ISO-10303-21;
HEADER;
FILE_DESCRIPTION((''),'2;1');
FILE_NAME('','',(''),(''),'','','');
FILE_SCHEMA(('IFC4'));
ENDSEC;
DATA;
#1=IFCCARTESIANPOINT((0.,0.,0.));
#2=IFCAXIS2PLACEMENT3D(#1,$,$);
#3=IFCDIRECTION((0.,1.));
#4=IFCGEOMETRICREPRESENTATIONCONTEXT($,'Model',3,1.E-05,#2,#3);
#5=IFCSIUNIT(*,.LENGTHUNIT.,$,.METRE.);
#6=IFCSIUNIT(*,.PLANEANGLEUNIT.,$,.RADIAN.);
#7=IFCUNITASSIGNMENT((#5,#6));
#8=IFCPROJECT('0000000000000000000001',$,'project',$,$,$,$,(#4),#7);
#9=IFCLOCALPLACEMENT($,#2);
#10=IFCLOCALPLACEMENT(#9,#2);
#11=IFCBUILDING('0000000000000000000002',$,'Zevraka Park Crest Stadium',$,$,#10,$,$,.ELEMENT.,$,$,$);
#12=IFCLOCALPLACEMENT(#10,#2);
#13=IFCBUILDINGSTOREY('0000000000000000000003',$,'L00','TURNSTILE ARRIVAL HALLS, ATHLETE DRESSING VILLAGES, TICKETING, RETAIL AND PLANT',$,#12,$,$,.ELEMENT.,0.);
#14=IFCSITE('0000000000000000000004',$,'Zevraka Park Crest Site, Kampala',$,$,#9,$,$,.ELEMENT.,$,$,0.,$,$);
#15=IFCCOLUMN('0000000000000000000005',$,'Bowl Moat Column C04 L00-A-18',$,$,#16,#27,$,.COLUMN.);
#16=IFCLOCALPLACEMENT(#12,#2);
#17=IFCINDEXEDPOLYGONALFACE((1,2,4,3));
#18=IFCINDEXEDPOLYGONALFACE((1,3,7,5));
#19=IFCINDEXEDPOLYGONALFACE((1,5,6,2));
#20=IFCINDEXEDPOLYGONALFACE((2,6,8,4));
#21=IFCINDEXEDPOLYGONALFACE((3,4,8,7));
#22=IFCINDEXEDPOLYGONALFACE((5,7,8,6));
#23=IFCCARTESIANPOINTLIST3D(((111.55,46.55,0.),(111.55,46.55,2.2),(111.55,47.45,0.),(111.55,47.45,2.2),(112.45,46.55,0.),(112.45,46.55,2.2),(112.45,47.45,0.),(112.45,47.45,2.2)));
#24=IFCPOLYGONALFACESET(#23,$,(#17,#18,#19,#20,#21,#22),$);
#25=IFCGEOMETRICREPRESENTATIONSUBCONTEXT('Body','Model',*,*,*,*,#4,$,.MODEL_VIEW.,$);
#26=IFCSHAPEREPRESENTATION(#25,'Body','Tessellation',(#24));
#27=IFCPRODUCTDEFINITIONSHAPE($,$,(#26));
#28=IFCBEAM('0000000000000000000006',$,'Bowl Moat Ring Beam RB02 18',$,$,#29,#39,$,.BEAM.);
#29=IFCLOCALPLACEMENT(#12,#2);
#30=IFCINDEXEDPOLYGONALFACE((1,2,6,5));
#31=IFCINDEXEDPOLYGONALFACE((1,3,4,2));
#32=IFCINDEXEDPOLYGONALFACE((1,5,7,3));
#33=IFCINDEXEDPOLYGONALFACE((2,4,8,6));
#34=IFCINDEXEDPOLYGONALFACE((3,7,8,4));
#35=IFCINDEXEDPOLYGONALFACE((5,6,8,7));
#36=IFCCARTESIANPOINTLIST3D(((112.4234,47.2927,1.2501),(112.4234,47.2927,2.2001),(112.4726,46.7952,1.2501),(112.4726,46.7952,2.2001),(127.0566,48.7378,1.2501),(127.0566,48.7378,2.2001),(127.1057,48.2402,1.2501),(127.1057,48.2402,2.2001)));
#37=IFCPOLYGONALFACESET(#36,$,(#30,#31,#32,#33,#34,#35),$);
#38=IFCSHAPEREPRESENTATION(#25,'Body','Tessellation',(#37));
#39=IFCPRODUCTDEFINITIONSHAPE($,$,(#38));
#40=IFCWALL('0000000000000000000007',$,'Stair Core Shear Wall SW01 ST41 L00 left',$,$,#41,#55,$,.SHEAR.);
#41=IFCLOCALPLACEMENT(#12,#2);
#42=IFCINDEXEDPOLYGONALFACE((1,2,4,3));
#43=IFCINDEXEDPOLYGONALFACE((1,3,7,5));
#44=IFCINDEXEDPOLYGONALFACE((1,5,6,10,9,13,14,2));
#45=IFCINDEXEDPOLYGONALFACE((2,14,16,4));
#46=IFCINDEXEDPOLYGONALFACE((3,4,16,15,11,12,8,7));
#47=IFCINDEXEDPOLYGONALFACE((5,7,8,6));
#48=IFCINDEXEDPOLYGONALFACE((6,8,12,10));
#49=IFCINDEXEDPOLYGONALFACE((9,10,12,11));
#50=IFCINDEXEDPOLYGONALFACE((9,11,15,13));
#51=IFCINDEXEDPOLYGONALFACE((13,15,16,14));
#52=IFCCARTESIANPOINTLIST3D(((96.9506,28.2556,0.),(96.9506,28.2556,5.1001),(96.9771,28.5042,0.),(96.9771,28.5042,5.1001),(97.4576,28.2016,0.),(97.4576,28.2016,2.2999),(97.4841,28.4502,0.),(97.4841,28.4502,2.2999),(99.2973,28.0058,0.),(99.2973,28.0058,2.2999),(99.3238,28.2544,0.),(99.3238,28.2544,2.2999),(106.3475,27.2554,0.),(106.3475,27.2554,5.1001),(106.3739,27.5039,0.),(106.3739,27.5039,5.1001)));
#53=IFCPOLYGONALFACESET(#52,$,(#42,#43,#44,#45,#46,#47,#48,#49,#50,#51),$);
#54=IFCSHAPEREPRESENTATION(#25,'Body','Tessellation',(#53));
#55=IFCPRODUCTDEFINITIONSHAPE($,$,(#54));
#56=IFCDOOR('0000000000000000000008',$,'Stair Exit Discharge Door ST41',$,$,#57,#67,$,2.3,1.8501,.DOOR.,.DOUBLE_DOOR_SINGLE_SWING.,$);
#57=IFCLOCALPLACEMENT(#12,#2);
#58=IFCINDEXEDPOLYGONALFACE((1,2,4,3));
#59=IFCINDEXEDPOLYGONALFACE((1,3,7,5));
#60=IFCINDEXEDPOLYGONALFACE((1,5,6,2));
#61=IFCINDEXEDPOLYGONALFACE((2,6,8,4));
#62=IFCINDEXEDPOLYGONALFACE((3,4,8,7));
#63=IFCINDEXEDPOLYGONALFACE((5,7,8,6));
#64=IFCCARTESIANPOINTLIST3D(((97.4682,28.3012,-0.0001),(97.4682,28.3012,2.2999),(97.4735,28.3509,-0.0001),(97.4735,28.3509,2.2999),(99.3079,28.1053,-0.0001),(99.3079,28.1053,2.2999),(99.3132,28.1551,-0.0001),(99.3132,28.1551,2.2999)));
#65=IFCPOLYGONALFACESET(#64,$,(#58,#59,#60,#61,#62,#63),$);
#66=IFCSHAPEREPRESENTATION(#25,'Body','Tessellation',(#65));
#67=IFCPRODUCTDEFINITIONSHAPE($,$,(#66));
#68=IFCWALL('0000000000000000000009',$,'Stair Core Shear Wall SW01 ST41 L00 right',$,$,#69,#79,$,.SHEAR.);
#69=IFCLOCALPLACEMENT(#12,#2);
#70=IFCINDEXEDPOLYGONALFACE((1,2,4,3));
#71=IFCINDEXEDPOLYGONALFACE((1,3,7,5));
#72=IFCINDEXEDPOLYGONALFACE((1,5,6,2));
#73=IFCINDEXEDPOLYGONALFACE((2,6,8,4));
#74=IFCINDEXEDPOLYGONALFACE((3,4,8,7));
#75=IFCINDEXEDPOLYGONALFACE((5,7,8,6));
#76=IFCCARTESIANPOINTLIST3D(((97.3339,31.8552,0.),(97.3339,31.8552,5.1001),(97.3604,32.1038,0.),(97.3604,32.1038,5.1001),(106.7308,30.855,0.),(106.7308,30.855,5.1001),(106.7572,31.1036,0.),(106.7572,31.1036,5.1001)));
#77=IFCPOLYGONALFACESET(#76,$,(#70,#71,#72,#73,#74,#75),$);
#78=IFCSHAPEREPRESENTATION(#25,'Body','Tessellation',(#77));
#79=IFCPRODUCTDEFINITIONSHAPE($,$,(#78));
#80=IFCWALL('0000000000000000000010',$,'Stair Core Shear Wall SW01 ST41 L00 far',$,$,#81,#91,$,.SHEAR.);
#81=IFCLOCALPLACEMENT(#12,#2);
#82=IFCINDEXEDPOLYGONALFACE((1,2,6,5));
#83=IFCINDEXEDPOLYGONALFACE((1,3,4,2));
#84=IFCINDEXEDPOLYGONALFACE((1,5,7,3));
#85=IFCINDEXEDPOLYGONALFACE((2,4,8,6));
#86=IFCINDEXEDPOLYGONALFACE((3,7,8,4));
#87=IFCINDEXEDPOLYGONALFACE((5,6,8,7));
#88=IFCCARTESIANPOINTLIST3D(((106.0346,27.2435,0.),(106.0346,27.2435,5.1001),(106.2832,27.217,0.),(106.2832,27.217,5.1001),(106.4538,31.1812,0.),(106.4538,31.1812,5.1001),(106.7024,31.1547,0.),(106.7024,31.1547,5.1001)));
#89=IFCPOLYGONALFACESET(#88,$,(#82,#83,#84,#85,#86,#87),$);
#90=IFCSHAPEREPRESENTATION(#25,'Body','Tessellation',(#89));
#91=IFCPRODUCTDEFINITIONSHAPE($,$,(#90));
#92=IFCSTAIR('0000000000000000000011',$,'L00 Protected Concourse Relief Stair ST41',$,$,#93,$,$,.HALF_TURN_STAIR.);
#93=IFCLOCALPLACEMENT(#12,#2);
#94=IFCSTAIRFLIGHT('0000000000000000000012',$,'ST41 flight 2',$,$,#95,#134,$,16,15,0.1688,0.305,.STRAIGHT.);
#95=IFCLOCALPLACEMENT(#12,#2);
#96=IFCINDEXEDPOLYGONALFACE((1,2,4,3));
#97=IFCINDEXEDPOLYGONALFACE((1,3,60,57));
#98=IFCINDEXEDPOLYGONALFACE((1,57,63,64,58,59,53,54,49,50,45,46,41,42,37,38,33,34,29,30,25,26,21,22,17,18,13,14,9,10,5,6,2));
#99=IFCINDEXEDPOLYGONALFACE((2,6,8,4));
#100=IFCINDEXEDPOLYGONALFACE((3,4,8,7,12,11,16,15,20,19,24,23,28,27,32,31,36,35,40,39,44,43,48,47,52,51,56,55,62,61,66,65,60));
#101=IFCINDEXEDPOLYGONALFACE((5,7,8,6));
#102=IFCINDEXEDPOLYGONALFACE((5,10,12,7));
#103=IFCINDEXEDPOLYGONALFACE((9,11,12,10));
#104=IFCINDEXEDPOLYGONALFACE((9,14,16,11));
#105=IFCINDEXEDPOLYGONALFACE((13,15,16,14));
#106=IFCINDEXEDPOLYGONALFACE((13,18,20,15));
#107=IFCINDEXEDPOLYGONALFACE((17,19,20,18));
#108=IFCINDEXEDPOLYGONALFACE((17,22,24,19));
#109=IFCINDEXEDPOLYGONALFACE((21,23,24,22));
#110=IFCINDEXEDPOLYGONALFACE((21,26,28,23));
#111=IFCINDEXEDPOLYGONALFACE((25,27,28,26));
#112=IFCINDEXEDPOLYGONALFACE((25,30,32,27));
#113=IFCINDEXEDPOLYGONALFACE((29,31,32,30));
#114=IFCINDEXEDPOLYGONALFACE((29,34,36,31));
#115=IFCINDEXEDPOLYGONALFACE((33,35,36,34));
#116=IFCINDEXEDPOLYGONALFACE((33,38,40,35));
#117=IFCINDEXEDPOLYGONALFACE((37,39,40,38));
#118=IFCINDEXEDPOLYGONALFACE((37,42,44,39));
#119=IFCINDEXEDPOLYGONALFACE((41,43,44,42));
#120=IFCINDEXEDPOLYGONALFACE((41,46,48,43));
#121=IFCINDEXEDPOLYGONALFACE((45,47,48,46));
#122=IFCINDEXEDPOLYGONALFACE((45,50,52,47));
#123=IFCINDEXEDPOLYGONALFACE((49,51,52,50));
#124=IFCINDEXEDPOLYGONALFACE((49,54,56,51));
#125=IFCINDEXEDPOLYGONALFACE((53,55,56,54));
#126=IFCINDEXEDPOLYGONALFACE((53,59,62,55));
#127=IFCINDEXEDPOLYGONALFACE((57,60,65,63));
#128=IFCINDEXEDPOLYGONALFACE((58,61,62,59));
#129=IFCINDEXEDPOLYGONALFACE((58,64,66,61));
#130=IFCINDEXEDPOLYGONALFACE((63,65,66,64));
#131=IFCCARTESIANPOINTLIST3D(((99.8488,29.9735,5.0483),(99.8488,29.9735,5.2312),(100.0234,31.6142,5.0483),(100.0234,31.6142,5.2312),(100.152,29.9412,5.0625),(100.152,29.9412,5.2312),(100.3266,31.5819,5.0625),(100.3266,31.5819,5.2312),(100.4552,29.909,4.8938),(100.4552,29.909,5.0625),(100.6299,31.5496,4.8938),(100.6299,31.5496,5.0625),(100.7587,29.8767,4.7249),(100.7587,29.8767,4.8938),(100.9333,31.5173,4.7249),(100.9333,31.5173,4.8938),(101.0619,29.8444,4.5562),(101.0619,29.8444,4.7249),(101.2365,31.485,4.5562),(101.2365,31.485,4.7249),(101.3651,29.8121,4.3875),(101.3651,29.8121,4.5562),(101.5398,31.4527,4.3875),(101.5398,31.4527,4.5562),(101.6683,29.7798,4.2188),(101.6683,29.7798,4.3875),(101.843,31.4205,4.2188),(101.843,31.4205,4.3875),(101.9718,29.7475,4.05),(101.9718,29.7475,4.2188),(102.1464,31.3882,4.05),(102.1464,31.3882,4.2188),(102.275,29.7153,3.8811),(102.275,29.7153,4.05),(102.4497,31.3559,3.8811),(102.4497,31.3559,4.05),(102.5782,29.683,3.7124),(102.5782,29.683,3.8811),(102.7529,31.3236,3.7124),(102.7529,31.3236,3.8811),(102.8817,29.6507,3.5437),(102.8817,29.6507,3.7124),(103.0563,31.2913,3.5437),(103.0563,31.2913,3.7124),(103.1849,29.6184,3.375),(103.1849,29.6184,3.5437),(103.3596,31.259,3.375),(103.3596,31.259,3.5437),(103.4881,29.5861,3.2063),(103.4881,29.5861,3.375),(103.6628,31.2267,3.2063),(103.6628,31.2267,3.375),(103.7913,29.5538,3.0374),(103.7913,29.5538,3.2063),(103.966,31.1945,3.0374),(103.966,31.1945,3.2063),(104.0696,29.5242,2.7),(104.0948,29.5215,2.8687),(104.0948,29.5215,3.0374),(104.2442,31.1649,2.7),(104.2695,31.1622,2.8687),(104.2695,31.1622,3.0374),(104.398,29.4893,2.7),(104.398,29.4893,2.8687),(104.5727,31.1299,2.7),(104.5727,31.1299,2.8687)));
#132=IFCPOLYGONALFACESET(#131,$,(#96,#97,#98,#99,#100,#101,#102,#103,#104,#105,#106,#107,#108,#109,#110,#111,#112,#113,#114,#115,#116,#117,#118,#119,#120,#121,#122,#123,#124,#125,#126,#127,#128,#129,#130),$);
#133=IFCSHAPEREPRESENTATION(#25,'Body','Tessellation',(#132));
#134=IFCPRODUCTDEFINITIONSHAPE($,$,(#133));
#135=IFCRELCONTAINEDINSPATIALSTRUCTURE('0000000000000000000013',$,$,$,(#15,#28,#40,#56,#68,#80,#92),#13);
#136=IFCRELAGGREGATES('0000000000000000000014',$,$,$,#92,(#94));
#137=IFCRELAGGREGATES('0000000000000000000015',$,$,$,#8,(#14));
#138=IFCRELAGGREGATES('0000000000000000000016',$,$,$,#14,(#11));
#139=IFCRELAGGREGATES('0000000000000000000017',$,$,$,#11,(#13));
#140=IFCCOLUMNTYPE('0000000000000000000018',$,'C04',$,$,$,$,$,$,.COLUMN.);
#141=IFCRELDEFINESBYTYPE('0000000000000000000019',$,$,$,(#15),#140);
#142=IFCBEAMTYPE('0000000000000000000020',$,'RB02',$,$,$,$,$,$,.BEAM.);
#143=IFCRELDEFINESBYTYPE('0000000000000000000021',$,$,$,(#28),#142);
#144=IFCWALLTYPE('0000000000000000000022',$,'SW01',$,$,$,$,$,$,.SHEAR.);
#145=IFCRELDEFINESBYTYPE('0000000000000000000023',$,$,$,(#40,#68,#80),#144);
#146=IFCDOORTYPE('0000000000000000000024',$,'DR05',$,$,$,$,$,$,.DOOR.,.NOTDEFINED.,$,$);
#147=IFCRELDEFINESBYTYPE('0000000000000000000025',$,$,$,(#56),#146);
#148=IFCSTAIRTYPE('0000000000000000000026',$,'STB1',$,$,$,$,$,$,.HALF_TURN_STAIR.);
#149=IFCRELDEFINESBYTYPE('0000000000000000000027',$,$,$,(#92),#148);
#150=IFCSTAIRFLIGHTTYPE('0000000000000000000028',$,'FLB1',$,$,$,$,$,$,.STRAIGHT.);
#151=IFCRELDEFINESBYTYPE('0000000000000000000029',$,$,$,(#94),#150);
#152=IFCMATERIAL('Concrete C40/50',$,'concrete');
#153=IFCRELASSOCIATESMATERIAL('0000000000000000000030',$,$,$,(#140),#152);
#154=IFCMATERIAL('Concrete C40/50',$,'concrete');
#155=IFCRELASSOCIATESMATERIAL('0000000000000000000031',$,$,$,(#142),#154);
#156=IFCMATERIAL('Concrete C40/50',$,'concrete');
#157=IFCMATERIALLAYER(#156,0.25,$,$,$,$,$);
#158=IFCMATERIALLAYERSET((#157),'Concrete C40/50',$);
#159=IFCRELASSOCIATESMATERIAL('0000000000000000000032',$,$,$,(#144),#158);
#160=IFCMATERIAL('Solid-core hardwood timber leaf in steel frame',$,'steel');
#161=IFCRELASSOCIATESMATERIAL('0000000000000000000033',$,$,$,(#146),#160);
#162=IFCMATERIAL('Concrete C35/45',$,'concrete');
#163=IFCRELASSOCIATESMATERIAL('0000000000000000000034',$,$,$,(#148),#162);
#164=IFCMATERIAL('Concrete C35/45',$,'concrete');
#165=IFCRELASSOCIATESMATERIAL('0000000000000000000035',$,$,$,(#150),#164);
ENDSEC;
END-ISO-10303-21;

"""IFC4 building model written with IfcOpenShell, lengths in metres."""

from ifc_helpers import new_model, si_unit, direction, frame, frame_2d, origin, origin_2d, place, context, subcontext, project, spatial, polyline, rectangle, outline, extrude, material, layer, layer_set, material_profile, profile_set, type_object, element, fill, aggregate, save


model = new_model("IFC4")

# Units and contexts
model_context = context("Model", 3, precision=1e-05, world=origin(), true_north=direction((0.0, 1.0)))
body_context = subcontext(model_context, "Body", "Model", "MODEL_VIEW")
ifc_project = project(units=[si_unit("LENGTHUNIT", "METRE"), si_unit("PLANEANGLEUNIT", "RADIAN")], contexts=[model_context])

# Site, building, storey
site_placement = place(None, origin())
site = spatial("IfcSite", under=ifc_project, at=site_placement, Name="Zevraka Park Crest Site, Kampala", CompositionType="ELEMENT", RefElevation=0.0)
building_placement = place(site_placement, origin())
building = spatial("IfcBuilding", under=site, at=building_placement, Name="Zevraka Park Crest Stadium", CompositionType="ELEMENT")
storey_placement = place(building_placement, origin())
storey = spatial("IfcBuildingStorey", under=building, at=storey_placement, Name="L00", Description="TURNSTILE ARRIVAL HALLS, ATHLETE DRESSING VILLAGES, TICKETING, RETAIL AND PLANT", CompositionType="ELEMENT", Elevation=0.0)

# Column
ifc_material_1 = material(Name="Concrete C40/50", Category="concrete")
ifc_material_profile_1 = material_profile(ifc_material_1, rectangle(XDim=0.8999, YDim=0.8999, at=origin_2d()), Name="RC 900x900")
ifc_profile_set_1 = profile_set([ifc_material_profile_1], Name="Concrete C40/50")
column_type_1 = type_object("IfcColumnType", Name="C04", PredefinedType="COLUMN", material=ifc_profile_set_1)
column_1_placement = place(storey_placement, frame((112.0, 47.0, 0.0), z_axis=(0.0, 0.0, 1.0), x_axis=(0.0, 1.0, 0.0)))
element("IfcColumn", 1, at=column_1_placement, inside=storey, type_object=column_type_1, Name="Bowl Moat Column C04 L00-A-18", PredefinedType="COLUMN", context=body_context, shape_type="SweptSolid", body=[
    extrude(rectangle(XDim=0.8999, YDim=0.8999, at=origin_2d()), origin(), (0.0, 0.0, 1.0), 2.2),
])

# Beam
ifc_material_2 = material(Name="Concrete C40/50", Category="concrete")
ifc_material_profile_2 = material_profile(ifc_material_2, rectangle(XDim=0.5, YDim=0.95, at=origin_2d()), Name="RC 950x500")
ifc_profile_set_2 = profile_set([ifc_material_profile_2], Name="Concrete C40/50")
beam_type = type_object("IfcBeamType", Name="RB02", PredefinedType="BEAM", material=ifc_profile_set_2)
beam_placement = place(storey_placement, frame((112.448, 47.0439, 1.7251), z_axis=(0.995159, 0.098276, 0.0), x_axis=(-0.098276, 0.995159, 0.0)))
element("IfcBeam", 2, at=beam_placement, inside=storey, type_object=beam_type, Name="Bowl Moat Ring Beam RB02 18", PredefinedType="BEAM", context=body_context, shape_type="SweptSolid", body=[
    extrude(rectangle(XDim=0.5, YDim=0.95, at=origin_2d()), origin(), (0.0, 0.0, 1.0), 14.7043),
])

# Wall, opening, door
ifc_material_3 = material(Name="Concrete C40/50", Category="concrete")
ifc_layer = layer(ifc_material_3, 0.25)
ifc_layer_set = layer_set([ifc_layer], Name="Concrete C40/50")
wall_type = type_object("IfcWallType", Name="SW01", PredefinedType="SHEAR", material=ifc_layer_set)
wall_1_placement = place(storey_placement, frame((106.3608, 27.3796, 0.0), z_axis=(0.0, 0.0, 1.0), x_axis=(-0.994383, 0.105845, 0.0)))
wall_1 = element("IfcWall", 3, at=wall_1_placement, inside=storey, type_object=wall_type, Name="Stair Core Shear Wall SW01 ST41 L00 left", PredefinedType="SHEAR", context=body_context, shape_type="SweptSolid", body=[
    extrude(rectangle(XDim=9.45, YDim=0.25, at=frame_2d((4.7251, 0.0))), origin(), (0.0, 0.0, 1.0), 5.1001),
])
opening_placement = place(wall_1_placement, frame((7.0901, 0.0, 0.0)))
opening = element("IfcOpeningElement", 4, at=opening_placement, cuts=wall_1, PredefinedType="OPENING", context=body_context, shape_type="SweptSolid", body=[
    extrude(rectangle(XDim=1.8501, YDim=2.3, at=frame_2d((0.925, 1.1499))), frame((0.0, 0.135, 0.0), z_axis=(0.0, -1.0, 0.0), x_axis=(1.0, 0.0, 0.0)), (0.0, 0.0, 1.0), 0.27),
])
ifc_material_4 = material(Name="Solid-core hardwood timber leaf in steel frame", Category="steel")
door_type = type_object("IfcDoorType", Name="DR05", OperationType="NOTDEFINED", PredefinedType="DOOR", material=ifc_material_4)
door_placement = place(opening_placement, origin())
door = element("IfcDoor", 5, at=door_placement, inside=storey, type_object=door_type, Name="Stair Exit Discharge Door ST41", OperationType="DOUBLE_DOOR_SINGLE_SWING", OverallHeight=2.3, OverallWidth=1.8501, PredefinedType="DOOR", context=body_context, shape_type="SweptSolid", body=[
    extrude(rectangle(XDim=1.8501, YDim=2.3, at=frame_2d((0.925, 1.1499))), frame((0.0, 0.0249, 0.0), z_axis=(0.0, -1.0, 0.0), x_axis=(1.0, 0.0, 0.0)), (0.0, 0.0, 1.0), 0.05),
])
fill(opening, door)

# Walls
wall_2_placement = place(storey_placement, frame((106.7441, 30.9792, 0.0), z_axis=(0.0, 0.0, 1.0), x_axis=(-0.994383, 0.105845, 0.0)))
element("IfcWall", 6, at=wall_2_placement, inside=storey, type_object=wall_type, Name="Stair Core Shear Wall SW01 ST41 L00 right", PredefinedType="SHEAR", context=body_context, shape_type="SweptSolid", body=[
    extrude(rectangle(XDim=9.45, YDim=0.25, at=frame_2d((4.7251, 0.0))), origin(), (0.0, 0.0, 1.0), 5.1001),
])
wall_3_placement = place(storey_placement, frame((106.1589, 27.2302, 0.0), z_axis=(0.0, 0.0, 1.0), x_axis=(0.105856, 0.994381, 0.0)))
element("IfcWall", 7, at=wall_3_placement, inside=storey, type_object=wall_type, Name="Stair Core Shear Wall SW01 ST41 L00 far", PredefinedType="SHEAR", context=body_context, shape_type="SweptSolid", body=[
    extrude(rectangle(XDim=3.96, YDim=0.25, at=frame_2d((1.98, 0.0))), origin(), (0.0, 0.0, 1.0), 5.1001),
])

# Stair, stair flight
ifc_material_5 = material(Name="Concrete C35/45", Category="concrete")
stair_type = type_object("IfcStairType", Name="STB1", PredefinedType="HALF_TURN_STAIR", material=ifc_material_5)
stair_placement = place(storey_placement, origin())
stair = element("IfcStair", 8, at=stair_placement, inside=storey, type_object=stair_type, Name="L00 Protected Concourse Relief Stair ST41", PredefinedType="HALF_TURN_STAIR")
ifc_material_6 = material(Name="Concrete C35/45", Category="concrete")
stair_flight_type = type_object("IfcStairFlightType", Name="FLB1", PredefinedType="STRAIGHT", material=ifc_material_6)
stair_flight_placement = place(storey_placement, frame((104.4854, 30.3096, 2.7), z_axis=(0.0, 0.0, 1.0), x_axis=(-0.994382, 0.105853, 0.0)))
stair_flight = element("IfcStairFlight", 9, at=stair_flight_placement, type_object=stair_flight_type, Name="ST41 flight 2", NumberOfRisers=16, NumberOfTreads=15, PredefinedType="STRAIGHT", RiserHeight=0.1688, TreadLength=0.305, context=body_context, shape_type="SweptSolid", body=[
    extrude(outline(polyline([(0.0, 0.0), (0.0, 0.1687), (0.3049, 0.1687), (0.3049, 0.3374), (0.6101, 0.3374), (0.6101, 0.5063), (0.915, 0.5063), (0.915, 0.675), (1.22, 0.675), (1.22, 0.8438), (1.5249, 0.8438), (1.5249, 1.0125), (1.8301, 1.0125), (1.8301, 1.1812), (2.135, 1.1812), (2.135, 1.3501), (2.4399, 1.3501), (2.4399, 1.5188), (2.7451, 1.5188), (2.7451, 1.6875), (3.05, 1.6875), (3.05, 1.8562), (3.355, 1.8562), (3.355, 2.0249), (3.6599, 2.0249), (3.6599, 2.1938), (3.9651, 2.1938), (3.9651, 2.3625), (4.27, 2.3625), (4.27, 2.5312), (4.575, 2.5312), (4.575, 2.7), (4.575, 2.3484), (0.3303, 0.0), (0.0, 0.0)])), frame((0.0, 0.825, 0.0), z_axis=(0.0, -1.0, 0.0), x_axis=(1.0, 0.0, 0.0)), (0.0, 0.0, 1.0), 1.6499),
])
aggregate(stair, [stair_flight])

save(model, "model.ifc")
